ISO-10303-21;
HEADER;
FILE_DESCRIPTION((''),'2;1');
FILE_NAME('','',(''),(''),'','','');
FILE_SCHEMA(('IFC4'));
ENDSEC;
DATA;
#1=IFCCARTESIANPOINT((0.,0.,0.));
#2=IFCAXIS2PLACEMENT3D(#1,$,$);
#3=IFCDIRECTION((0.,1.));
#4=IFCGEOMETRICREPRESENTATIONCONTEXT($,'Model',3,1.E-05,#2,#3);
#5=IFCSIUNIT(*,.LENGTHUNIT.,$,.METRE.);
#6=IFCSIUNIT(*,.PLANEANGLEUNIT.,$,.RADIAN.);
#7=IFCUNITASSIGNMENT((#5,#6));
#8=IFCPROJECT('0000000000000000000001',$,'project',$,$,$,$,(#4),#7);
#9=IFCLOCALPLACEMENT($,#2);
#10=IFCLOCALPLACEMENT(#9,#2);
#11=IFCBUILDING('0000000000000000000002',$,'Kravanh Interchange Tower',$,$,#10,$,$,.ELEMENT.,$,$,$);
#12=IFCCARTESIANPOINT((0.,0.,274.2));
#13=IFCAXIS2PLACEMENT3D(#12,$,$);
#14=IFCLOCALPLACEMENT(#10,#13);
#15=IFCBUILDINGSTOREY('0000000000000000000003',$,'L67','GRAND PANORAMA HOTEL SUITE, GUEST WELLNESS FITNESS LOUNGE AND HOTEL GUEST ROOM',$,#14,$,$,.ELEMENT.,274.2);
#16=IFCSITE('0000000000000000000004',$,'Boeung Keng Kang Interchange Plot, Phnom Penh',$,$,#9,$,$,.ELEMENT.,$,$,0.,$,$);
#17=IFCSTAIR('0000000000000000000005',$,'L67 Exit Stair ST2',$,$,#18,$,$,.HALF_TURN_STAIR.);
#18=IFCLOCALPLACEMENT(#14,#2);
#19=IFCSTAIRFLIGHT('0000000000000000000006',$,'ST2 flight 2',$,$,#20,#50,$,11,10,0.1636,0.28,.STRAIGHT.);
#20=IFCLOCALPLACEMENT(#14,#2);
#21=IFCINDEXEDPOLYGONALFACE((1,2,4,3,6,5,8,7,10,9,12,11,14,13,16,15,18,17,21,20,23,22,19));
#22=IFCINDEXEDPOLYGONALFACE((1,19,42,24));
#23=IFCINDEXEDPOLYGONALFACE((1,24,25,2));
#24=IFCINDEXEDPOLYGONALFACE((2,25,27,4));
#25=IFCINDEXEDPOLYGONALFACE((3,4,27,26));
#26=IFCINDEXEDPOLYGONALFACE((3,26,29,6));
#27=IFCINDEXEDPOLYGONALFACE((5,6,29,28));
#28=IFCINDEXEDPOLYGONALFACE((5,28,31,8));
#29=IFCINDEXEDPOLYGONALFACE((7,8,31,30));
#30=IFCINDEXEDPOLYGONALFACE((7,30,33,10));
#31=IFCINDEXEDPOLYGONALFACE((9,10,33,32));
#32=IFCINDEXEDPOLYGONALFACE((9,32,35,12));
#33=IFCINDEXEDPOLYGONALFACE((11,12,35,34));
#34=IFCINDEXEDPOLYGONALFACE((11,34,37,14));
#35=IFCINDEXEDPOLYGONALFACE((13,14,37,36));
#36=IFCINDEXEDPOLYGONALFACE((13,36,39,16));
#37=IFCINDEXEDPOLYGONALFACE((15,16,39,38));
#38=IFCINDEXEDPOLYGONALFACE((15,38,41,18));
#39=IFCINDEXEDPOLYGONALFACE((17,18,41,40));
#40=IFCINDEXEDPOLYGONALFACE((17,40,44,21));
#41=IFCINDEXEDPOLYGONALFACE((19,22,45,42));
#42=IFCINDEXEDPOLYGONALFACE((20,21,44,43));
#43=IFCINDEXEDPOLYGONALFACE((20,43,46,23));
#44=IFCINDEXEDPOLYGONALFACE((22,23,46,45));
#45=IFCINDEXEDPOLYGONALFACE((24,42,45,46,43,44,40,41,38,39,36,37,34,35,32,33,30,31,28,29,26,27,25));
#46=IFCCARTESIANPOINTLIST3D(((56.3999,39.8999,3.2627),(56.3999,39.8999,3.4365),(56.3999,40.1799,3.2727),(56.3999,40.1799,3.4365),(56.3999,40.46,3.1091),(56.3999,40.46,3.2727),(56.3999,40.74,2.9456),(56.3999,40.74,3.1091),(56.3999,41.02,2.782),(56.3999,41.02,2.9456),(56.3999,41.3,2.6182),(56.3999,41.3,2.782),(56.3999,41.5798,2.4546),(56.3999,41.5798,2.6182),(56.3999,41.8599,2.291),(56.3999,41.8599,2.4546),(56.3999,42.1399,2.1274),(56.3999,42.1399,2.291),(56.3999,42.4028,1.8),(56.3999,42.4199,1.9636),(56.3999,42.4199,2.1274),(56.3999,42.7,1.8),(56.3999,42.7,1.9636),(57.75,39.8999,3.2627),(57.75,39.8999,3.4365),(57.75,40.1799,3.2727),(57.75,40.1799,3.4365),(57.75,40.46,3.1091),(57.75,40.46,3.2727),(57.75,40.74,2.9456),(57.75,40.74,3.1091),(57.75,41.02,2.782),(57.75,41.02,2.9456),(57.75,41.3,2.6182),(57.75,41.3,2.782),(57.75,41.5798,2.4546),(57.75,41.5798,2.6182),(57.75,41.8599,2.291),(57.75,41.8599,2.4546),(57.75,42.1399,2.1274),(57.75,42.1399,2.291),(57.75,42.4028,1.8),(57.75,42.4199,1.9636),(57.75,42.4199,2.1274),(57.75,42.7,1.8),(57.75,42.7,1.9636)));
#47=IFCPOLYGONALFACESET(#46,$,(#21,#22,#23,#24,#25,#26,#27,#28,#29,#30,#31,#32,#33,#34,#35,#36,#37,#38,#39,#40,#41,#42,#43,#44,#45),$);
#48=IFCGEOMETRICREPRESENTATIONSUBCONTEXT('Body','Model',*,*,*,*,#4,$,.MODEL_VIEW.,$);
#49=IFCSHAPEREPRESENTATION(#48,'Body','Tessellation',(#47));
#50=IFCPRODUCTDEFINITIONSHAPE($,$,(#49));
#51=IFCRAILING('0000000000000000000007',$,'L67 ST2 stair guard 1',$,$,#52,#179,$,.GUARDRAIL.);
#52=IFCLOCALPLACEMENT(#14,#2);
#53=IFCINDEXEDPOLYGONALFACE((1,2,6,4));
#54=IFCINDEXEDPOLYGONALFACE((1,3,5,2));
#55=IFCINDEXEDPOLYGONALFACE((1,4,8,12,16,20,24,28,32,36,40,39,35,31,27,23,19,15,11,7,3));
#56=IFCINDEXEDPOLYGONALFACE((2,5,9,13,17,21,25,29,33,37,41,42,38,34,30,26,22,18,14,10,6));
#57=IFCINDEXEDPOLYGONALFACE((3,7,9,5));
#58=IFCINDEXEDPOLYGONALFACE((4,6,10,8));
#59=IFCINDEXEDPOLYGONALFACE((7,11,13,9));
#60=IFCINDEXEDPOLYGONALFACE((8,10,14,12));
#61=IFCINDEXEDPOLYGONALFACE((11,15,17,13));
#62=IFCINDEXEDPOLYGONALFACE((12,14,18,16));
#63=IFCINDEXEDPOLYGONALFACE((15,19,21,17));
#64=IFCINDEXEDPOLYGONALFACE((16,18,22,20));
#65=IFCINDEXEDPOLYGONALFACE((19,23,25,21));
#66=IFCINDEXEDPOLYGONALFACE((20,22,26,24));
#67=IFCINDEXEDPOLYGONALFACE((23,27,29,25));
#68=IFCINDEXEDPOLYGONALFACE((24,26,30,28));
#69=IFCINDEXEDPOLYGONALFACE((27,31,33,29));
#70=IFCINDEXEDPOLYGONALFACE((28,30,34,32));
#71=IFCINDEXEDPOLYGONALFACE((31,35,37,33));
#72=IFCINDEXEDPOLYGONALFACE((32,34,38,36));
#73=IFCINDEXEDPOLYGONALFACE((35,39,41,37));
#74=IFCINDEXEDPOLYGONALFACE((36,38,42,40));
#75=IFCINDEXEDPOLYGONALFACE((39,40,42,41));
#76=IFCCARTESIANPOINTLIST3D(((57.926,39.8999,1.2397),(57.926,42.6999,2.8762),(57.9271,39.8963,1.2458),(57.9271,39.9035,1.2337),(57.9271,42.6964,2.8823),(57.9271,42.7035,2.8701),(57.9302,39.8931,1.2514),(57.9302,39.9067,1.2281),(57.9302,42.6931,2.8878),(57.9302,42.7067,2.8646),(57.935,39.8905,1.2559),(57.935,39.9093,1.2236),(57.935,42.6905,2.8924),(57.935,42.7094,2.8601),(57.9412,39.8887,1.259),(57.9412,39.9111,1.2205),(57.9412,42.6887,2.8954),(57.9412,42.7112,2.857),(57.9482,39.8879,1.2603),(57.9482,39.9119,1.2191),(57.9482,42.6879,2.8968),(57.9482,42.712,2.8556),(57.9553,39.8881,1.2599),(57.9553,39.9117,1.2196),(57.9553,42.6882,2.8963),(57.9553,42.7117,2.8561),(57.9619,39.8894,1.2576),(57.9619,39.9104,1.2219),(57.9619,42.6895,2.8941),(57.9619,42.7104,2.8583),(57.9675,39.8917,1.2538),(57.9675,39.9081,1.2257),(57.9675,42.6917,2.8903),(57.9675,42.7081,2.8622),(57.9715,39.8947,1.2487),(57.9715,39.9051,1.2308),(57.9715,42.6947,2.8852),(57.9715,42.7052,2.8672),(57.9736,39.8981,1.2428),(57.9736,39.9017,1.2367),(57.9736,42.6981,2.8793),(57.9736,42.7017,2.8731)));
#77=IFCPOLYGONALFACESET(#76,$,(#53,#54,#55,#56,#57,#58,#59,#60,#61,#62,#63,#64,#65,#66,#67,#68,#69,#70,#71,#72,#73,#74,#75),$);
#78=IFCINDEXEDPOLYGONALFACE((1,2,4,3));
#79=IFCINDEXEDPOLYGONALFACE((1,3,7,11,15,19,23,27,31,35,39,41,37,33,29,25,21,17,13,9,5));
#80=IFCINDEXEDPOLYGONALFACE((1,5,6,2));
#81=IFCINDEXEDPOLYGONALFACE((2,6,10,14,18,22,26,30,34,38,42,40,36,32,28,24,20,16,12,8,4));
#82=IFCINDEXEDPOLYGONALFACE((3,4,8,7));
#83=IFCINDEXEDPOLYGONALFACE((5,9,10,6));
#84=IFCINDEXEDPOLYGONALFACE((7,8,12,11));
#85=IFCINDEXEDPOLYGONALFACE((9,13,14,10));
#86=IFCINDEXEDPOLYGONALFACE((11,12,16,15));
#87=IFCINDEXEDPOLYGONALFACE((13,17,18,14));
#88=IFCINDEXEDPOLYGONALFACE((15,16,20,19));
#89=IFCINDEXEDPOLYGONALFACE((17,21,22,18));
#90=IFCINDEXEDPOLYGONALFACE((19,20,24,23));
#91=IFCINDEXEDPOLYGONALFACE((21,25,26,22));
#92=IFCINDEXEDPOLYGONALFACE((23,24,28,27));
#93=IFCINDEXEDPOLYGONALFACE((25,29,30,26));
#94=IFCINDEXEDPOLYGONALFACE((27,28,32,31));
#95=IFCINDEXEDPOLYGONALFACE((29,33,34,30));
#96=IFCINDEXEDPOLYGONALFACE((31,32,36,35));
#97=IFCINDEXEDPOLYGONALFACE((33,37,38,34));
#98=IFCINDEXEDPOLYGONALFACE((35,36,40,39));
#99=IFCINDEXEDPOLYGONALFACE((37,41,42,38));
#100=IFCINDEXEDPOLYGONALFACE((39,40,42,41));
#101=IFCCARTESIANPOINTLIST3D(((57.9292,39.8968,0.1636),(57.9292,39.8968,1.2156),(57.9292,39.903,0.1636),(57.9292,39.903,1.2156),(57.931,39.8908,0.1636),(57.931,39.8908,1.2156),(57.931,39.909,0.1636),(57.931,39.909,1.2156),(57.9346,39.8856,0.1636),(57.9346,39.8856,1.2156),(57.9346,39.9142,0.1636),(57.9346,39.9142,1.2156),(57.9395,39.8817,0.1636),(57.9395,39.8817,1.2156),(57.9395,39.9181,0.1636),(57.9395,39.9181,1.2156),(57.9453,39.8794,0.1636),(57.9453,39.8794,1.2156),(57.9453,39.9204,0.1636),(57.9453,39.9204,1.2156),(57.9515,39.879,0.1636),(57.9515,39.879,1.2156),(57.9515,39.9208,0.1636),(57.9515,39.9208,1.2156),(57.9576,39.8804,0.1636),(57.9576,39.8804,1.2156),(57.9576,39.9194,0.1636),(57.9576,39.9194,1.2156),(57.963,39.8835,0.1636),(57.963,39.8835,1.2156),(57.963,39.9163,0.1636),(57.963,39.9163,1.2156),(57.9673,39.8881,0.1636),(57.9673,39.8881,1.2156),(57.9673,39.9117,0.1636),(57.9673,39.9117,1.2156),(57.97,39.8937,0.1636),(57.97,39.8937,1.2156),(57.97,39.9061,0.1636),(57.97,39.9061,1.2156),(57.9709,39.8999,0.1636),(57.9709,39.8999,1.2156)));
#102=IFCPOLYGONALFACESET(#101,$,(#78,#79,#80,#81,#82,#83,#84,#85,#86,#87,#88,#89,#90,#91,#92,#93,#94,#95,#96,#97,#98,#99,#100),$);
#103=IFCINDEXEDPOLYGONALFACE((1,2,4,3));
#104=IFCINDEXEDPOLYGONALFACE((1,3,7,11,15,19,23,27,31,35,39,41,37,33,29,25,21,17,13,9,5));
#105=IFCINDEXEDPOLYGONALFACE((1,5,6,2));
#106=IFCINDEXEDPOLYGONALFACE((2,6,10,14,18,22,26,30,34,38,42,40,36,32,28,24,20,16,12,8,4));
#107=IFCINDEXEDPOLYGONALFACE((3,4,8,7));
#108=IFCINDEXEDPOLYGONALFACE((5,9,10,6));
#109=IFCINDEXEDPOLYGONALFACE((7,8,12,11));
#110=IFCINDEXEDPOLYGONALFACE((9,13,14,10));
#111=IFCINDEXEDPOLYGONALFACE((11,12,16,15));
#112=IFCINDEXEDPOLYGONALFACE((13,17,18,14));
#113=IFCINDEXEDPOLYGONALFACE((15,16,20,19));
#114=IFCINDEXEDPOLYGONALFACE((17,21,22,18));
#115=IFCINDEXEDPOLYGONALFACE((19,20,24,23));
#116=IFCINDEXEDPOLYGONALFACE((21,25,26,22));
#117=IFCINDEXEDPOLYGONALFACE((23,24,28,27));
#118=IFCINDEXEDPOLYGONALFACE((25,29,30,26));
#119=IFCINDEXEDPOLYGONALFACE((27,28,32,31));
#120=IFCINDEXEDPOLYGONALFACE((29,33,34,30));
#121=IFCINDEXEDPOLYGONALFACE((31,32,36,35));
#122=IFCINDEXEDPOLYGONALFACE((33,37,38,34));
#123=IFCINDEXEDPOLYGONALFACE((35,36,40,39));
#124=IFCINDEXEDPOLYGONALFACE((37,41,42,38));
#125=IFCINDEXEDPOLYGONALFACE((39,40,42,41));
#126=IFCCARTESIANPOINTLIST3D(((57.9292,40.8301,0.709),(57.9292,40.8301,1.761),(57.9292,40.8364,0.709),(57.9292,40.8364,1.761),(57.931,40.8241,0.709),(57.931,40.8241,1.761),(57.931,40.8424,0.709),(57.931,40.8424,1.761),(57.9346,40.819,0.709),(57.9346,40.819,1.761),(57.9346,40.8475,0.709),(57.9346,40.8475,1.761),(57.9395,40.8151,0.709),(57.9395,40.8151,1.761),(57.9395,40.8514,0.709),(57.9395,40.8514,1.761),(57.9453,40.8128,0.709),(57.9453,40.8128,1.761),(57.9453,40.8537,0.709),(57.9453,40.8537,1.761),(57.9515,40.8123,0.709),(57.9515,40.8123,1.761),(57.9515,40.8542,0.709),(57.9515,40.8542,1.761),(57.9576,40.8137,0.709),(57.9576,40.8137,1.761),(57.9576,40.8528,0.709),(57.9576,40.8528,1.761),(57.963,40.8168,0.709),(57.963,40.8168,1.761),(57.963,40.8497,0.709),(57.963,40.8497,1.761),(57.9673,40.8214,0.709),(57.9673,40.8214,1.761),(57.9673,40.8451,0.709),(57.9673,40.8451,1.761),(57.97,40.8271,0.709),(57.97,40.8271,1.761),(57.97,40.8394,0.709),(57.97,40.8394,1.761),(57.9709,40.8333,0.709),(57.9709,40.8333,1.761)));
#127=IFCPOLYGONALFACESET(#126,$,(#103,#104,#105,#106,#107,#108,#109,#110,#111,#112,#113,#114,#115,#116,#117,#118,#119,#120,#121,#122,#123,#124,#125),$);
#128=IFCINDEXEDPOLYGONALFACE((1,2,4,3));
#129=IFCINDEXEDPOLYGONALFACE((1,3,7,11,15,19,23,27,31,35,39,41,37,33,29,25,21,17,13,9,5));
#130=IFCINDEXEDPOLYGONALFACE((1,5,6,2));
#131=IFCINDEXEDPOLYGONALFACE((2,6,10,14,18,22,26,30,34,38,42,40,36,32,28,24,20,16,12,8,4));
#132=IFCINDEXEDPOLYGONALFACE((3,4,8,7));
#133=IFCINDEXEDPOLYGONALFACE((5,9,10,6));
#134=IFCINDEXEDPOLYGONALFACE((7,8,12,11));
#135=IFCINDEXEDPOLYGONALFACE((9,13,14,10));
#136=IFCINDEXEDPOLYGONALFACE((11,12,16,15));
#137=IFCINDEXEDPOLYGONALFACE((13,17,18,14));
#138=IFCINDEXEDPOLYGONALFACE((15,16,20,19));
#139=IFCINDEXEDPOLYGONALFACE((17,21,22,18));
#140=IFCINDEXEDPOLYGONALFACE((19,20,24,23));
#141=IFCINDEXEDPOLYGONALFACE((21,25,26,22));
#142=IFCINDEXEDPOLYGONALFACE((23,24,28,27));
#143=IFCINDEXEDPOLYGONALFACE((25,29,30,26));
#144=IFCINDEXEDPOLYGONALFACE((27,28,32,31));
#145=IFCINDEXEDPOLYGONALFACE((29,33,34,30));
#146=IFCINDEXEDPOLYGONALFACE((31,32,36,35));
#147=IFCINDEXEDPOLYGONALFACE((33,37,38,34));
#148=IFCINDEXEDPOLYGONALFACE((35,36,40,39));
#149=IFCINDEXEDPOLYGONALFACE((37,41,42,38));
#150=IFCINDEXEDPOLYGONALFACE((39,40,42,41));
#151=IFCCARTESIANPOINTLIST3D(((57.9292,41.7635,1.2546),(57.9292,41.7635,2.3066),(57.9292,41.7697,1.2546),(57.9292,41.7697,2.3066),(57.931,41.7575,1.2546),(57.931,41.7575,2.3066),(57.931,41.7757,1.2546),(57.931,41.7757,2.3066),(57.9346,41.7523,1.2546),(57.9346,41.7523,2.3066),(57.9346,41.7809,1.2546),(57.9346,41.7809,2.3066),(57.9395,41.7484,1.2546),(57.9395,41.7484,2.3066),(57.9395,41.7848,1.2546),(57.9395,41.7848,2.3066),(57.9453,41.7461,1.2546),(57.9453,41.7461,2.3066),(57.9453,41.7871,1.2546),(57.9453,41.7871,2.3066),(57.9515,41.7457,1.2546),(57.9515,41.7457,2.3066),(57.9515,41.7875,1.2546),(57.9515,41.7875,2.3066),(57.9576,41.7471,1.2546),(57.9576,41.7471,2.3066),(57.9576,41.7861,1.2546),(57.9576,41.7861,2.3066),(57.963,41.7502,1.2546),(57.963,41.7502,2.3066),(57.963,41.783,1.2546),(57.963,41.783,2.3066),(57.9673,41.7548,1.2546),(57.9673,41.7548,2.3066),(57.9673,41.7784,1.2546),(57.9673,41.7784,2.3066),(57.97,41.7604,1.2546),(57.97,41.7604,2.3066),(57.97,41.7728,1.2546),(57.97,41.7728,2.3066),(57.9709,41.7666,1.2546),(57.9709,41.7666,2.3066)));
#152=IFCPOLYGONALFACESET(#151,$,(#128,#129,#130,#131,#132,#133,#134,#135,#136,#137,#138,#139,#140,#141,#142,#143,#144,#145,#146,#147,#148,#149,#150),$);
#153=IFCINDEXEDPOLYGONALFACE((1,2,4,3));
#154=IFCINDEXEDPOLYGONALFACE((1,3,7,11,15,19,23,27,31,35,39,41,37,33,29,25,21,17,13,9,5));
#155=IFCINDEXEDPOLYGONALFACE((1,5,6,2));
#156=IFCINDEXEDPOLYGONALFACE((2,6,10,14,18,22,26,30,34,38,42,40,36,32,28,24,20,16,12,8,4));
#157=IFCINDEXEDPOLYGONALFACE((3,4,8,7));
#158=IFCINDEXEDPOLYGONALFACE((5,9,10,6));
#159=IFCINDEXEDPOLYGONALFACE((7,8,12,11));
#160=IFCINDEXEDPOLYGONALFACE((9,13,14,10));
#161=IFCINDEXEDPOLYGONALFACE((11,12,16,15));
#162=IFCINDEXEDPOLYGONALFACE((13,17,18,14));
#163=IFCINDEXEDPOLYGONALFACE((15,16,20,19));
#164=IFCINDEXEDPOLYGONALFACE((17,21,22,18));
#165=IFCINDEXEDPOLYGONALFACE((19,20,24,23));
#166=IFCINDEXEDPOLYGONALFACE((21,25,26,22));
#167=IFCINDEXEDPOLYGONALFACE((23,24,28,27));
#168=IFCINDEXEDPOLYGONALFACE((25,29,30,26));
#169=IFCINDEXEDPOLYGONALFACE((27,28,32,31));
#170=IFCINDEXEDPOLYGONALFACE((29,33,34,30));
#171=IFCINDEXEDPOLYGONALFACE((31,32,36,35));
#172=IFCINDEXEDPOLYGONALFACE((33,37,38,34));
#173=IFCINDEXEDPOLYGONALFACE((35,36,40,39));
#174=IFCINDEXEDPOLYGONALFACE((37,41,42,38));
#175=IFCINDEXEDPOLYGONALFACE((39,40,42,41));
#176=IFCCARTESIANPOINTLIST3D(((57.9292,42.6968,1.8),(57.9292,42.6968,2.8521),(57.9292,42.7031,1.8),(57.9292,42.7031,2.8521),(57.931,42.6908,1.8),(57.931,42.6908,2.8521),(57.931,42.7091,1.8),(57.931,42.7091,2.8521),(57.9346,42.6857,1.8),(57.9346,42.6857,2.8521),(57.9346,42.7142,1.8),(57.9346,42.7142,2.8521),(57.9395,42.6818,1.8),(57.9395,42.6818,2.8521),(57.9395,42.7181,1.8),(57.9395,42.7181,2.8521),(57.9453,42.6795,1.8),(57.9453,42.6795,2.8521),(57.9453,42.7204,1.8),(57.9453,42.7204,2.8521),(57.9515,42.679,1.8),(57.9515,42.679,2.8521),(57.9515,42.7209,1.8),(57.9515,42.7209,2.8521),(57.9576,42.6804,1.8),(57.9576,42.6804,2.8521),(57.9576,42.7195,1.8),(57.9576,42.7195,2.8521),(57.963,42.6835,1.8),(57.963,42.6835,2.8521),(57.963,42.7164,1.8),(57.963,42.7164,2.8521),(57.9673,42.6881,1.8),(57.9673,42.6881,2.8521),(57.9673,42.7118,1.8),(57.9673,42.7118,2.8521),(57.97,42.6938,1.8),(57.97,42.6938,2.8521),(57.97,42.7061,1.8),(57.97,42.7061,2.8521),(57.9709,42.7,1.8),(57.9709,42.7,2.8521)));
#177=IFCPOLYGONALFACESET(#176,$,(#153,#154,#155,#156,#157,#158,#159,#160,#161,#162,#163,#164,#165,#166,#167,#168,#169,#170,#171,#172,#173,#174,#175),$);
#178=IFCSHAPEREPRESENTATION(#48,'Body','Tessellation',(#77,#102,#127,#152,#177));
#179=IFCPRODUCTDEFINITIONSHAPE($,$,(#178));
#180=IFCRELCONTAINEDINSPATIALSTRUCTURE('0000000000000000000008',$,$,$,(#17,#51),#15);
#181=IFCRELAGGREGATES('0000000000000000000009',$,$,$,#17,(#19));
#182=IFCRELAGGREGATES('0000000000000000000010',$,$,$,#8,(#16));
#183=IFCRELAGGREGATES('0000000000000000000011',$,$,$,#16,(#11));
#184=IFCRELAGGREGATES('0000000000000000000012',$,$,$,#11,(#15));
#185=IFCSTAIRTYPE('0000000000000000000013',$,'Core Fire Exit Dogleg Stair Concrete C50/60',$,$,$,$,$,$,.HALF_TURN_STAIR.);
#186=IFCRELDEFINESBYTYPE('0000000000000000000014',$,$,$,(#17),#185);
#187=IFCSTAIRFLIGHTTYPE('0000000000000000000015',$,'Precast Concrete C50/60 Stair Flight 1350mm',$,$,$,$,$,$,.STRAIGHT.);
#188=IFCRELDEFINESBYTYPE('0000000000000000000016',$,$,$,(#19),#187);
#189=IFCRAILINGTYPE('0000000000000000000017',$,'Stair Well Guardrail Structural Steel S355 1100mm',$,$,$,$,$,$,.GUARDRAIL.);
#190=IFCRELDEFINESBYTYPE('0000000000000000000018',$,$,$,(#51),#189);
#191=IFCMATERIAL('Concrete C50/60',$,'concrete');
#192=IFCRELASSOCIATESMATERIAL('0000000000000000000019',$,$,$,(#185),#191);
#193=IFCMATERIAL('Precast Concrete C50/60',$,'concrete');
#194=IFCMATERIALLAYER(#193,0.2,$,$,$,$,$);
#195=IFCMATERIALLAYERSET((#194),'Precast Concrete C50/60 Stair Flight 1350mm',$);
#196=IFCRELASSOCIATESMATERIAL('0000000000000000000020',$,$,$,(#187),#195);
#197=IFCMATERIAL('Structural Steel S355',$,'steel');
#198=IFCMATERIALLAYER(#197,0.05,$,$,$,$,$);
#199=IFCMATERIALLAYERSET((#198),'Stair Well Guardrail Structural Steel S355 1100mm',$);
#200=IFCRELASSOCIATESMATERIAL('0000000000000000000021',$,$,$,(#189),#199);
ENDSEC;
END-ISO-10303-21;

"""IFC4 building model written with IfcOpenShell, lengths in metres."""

from ifc_helpers import new_model, si_unit, direction, frame, origin, origin_2d, place, context, subcontext, project, spatial, polyline, circle, outline, extrude, material, layer, layer_set, type_object, element, aggregate, save


model = new_model("IFC4")

# Units and contexts
model_context = context("Model", 3, precision=1e-05, world=origin(), true_north=direction((0.0, 1.0)))
body_context = subcontext(model_context, "Body", "Model", "MODEL_VIEW")
ifc_project = project(units=[si_unit("LENGTHUNIT", "METRE"), si_unit("PLANEANGLEUNIT", "RADIAN")], contexts=[model_context])

# Site, building, storey
site_placement = place(None, origin())
site = spatial("IfcSite", under=ifc_project, at=site_placement, Name="Boeung Keng Kang Interchange Plot, Phnom Penh", CompositionType="ELEMENT", RefElevation=0.0)
building_placement = place(site_placement, origin())
building = spatial("IfcBuilding", under=site, at=building_placement, Name="Kravanh Interchange Tower", CompositionType="ELEMENT")
storey_placement = place(building_placement, frame((0.0, 0.0, 274.2)))
storey = spatial("IfcBuildingStorey", under=building, at=storey_placement, Name="L67", Description="GRAND PANORAMA HOTEL SUITE, GUEST WELLNESS FITNESS LOUNGE AND HOTEL GUEST ROOM", CompositionType="ELEMENT", Elevation=274.2)

# Stair, stair flight
ifc_material_1 = material(Name="Concrete C50/60", Category="concrete")
stair_type = type_object("IfcStairType", Name="Core Fire Exit Dogleg Stair Concrete C50/60", PredefinedType="HALF_TURN_STAIR", material=ifc_material_1)
stair_placement = place(storey_placement, origin())
stair = element("IfcStair", 1, at=stair_placement, inside=storey, type_object=stair_type, Name="L67 Exit Stair ST2", PredefinedType="HALF_TURN_STAIR")
ifc_material_2 = material(Name="Precast Concrete C50/60", Category="concrete")
ifc_layer_1 = layer(ifc_material_2, 0.2)
ifc_layer_set_1 = layer_set([ifc_layer_1], Name="Precast Concrete C50/60 Stair Flight 1350mm")
stair_flight_type = type_object("IfcStairFlightType", Name="Precast Concrete C50/60 Stair Flight 1350mm", PredefinedType="STRAIGHT", material=ifc_layer_set_1)
stair_flight_1_placement = place(storey_placement, frame((57.075, 42.7, 1.8), z_axis=(0.0, 0.0, 1.0), x_axis=(0.0, -1.0, 0.0)))
stair_flight_1 = element("IfcStairFlight", 2, at=stair_flight_1_placement, type_object=stair_flight_type, Name="ST2 flight 2", NumberOfRisers=11, NumberOfTreads=10, PredefinedType="STRAIGHT", RiserHeight=0.1636, TreadLength=0.28, context=body_context, shape_type="SweptSolid", body=[
    extrude(outline(polyline([(0.0, 0.0), (0.0, 0.1636), (0.28, 0.1636), (0.28, 0.3274), (0.5601, 0.3274), (0.5601, 0.491), (0.8401, 0.491), (0.8401, 0.6545), (1.1201, 0.6545), (1.1201, 0.8181), (1.3999, 0.8181), (1.3999, 0.9819), (1.6799, 0.9819), (1.6799, 1.1455), (1.96, 1.1455), (1.96, 1.3091), (2.24, 1.3091), (2.24, 1.4727), (2.52, 1.4727), (2.52, 1.6365), (2.8, 1.6365), (2.8, 1.8), (2.8, 1.4626), (0.2971, 0.0), (0.0, 0.0)])), frame((0.0, 0.675, 0.0), z_axis=(0.0, -1.0, 0.0), x_axis=(1.0, 0.0, 0.0)), (0.0, 0.0, 1.0), 1.3501),
])
aggregate(stair, [stair_flight_1])

# Railing
ifc_material_3 = material(Name="Structural Steel S355", Category="steel")
ifc_layer_2 = layer(ifc_material_3, 0.05)
ifc_layer_set_2 = layer_set([ifc_layer_2], Name="Stair Well Guardrail Structural Steel S355 1100mm")
railing_type_1 = type_object("IfcRailingType", Name="Stair Well Guardrail Structural Steel S355 1100mm", PredefinedType="GUARDRAIL", material=ifc_layer_set_2)
railing_1_placement = place(storey_placement, frame((57.95, 39.8999, 0.1636)))
element("IfcRailing", 3, at=railing_1_placement, inside=storey, type_object=railing_type_1, Name="L67 ST2 stair guard 1", PredefinedType="GUARDRAIL", context=body_context, shape_type="SweptSolid", body=[
    extrude(circle(Radius=0.0239, at=origin_2d()), frame((0.0, 0.0, 1.0762), z_axis=(0.0, 0.863361, 0.504587), x_axis=(-1.0, 0.0, 0.0)), (0.0, 0.0, 1.0), 3.2432),
    extrude(circle(Radius=0.021, at=origin_2d()), origin(), (0.0, 0.0, 1.0), 1.052),
    extrude(circle(Radius=0.021, at=origin_2d()), frame((0.0, 0.9333, 0.5454)), (0.0, 0.0, 1.0), 1.052),
    extrude(circle(Radius=0.021, at=origin_2d()), frame((0.0, 1.8667, 1.0911)), (0.0, 0.0, 1.0), 1.052),
    extrude(circle(Radius=0.021, at=origin_2d()), frame((0.0, 2.8, 1.6365)), (0.0, 0.0, 1.0), 1.052),
])

save(model, "model.ifc")
